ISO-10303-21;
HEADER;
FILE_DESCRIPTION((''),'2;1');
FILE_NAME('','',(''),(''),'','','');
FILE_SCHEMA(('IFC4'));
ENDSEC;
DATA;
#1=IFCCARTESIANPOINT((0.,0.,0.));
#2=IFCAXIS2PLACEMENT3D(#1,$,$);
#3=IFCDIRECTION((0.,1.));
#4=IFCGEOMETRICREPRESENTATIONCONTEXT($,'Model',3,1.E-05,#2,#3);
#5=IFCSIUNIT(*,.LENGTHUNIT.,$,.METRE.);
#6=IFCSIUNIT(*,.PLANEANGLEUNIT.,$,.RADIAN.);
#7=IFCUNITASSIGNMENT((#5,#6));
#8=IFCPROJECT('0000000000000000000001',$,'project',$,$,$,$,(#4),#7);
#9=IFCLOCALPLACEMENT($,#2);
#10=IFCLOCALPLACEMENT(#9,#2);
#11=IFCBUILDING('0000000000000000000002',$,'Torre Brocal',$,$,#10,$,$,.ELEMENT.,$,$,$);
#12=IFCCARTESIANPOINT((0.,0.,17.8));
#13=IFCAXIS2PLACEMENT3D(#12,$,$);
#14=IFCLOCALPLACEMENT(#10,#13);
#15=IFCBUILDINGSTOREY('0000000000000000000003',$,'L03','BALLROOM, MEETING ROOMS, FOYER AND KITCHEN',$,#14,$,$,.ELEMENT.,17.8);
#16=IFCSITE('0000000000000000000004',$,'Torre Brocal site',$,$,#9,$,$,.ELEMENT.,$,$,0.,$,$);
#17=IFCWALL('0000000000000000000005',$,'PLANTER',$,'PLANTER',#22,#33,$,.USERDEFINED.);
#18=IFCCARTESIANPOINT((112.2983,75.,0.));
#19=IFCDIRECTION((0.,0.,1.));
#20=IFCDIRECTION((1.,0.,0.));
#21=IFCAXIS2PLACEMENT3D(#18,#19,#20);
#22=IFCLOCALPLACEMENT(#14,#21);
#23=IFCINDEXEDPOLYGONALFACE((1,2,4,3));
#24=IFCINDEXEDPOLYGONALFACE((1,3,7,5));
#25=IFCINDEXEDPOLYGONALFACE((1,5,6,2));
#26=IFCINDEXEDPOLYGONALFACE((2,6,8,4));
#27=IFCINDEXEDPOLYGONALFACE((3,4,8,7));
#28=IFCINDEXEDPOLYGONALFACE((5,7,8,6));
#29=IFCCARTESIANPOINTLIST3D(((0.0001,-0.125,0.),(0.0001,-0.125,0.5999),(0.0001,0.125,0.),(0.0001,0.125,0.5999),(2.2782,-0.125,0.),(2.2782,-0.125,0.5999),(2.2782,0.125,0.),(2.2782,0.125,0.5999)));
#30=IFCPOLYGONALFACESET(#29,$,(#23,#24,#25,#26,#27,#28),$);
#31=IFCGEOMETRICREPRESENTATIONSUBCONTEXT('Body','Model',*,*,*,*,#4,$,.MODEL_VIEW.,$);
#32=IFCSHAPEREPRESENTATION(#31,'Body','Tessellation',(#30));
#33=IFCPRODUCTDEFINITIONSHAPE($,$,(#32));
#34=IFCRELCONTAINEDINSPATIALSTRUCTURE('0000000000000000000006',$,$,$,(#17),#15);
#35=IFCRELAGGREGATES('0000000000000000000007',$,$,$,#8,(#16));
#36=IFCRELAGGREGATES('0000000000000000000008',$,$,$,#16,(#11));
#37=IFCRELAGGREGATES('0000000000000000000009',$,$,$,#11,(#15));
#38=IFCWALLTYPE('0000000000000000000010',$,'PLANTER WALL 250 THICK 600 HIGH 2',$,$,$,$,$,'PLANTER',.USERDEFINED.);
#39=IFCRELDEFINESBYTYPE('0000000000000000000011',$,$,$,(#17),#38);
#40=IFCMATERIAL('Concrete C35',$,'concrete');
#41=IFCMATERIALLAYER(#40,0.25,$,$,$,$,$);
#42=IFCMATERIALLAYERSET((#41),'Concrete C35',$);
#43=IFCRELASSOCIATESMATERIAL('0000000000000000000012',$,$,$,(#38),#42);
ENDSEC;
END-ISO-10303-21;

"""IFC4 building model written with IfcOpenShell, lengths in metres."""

from ifc_helpers import new_model, si_unit, direction, frame, frame_2d, origin, place, context, subcontext, project, spatial, rectangle, extrude, material, layer, layer_set, type_object, element, save


model = new_model("IFC4")

# Units and contexts
model_context = context("Model", 3, precision=1e-05, world=origin(), true_north=direction((0.0, 1.0)))
body_context = subcontext(model_context, "Body", "Model", "MODEL_VIEW")
ifc_project = project(units=[si_unit("LENGTHUNIT", "METRE"), si_unit("PLANEANGLEUNIT", "RADIAN")], contexts=[model_context])

# Site, building, storey
site_placement = place(None, origin())
site = spatial("IfcSite", under=ifc_project, at=site_placement, Name="Torre Brocal site", CompositionType="ELEMENT", RefElevation=0.0)
building_placement = place(site_placement, origin())
building = spatial("IfcBuilding", under=site, at=building_placement, Name="Torre Brocal", CompositionType="ELEMENT")
storey_placement = place(building_placement, frame((0.0, 0.0, 17.8)))
storey = spatial("IfcBuildingStorey", under=building, at=storey_placement, Name="L03", Description="BALLROOM, MEETING ROOMS, FOYER AND KITCHEN", CompositionType="ELEMENT", Elevation=17.8)

# Wall
ifc_material_1 = material(Name="Concrete C35", Category="concrete")
ifc_layer_1 = layer(ifc_material_1, 0.25)
ifc_layer_set_1 = layer_set([ifc_layer_1], Name="Concrete C35")
wall_type_1 = type_object("IfcWallType", Name="PLANTER WALL 250 THICK 600 HIGH 2", ElementType="PLANTER", PredefinedType="USERDEFINED", material=ifc_layer_set_1)
wall_1_placement = place(storey_placement, frame((112.2983, 75.0, 0.0), z_axis=(0.0, 0.0, 1.0), x_axis=(1.0, 0.0, 0.0)))
element("IfcWall", 1, at=wall_1_placement, inside=storey, type_object=wall_type_1, Name="PLANTER", ObjectType="PLANTER", PredefinedType="USERDEFINED", context=body_context, shape_type="SweptSolid", body=[
    extrude(rectangle(XDim=2.2781, YDim=0.25, at=frame_2d((1.1392, 0.0))), origin(), (0.0, 0.0, 1.0), 0.5999),
])

save(model, "model.ifc")
